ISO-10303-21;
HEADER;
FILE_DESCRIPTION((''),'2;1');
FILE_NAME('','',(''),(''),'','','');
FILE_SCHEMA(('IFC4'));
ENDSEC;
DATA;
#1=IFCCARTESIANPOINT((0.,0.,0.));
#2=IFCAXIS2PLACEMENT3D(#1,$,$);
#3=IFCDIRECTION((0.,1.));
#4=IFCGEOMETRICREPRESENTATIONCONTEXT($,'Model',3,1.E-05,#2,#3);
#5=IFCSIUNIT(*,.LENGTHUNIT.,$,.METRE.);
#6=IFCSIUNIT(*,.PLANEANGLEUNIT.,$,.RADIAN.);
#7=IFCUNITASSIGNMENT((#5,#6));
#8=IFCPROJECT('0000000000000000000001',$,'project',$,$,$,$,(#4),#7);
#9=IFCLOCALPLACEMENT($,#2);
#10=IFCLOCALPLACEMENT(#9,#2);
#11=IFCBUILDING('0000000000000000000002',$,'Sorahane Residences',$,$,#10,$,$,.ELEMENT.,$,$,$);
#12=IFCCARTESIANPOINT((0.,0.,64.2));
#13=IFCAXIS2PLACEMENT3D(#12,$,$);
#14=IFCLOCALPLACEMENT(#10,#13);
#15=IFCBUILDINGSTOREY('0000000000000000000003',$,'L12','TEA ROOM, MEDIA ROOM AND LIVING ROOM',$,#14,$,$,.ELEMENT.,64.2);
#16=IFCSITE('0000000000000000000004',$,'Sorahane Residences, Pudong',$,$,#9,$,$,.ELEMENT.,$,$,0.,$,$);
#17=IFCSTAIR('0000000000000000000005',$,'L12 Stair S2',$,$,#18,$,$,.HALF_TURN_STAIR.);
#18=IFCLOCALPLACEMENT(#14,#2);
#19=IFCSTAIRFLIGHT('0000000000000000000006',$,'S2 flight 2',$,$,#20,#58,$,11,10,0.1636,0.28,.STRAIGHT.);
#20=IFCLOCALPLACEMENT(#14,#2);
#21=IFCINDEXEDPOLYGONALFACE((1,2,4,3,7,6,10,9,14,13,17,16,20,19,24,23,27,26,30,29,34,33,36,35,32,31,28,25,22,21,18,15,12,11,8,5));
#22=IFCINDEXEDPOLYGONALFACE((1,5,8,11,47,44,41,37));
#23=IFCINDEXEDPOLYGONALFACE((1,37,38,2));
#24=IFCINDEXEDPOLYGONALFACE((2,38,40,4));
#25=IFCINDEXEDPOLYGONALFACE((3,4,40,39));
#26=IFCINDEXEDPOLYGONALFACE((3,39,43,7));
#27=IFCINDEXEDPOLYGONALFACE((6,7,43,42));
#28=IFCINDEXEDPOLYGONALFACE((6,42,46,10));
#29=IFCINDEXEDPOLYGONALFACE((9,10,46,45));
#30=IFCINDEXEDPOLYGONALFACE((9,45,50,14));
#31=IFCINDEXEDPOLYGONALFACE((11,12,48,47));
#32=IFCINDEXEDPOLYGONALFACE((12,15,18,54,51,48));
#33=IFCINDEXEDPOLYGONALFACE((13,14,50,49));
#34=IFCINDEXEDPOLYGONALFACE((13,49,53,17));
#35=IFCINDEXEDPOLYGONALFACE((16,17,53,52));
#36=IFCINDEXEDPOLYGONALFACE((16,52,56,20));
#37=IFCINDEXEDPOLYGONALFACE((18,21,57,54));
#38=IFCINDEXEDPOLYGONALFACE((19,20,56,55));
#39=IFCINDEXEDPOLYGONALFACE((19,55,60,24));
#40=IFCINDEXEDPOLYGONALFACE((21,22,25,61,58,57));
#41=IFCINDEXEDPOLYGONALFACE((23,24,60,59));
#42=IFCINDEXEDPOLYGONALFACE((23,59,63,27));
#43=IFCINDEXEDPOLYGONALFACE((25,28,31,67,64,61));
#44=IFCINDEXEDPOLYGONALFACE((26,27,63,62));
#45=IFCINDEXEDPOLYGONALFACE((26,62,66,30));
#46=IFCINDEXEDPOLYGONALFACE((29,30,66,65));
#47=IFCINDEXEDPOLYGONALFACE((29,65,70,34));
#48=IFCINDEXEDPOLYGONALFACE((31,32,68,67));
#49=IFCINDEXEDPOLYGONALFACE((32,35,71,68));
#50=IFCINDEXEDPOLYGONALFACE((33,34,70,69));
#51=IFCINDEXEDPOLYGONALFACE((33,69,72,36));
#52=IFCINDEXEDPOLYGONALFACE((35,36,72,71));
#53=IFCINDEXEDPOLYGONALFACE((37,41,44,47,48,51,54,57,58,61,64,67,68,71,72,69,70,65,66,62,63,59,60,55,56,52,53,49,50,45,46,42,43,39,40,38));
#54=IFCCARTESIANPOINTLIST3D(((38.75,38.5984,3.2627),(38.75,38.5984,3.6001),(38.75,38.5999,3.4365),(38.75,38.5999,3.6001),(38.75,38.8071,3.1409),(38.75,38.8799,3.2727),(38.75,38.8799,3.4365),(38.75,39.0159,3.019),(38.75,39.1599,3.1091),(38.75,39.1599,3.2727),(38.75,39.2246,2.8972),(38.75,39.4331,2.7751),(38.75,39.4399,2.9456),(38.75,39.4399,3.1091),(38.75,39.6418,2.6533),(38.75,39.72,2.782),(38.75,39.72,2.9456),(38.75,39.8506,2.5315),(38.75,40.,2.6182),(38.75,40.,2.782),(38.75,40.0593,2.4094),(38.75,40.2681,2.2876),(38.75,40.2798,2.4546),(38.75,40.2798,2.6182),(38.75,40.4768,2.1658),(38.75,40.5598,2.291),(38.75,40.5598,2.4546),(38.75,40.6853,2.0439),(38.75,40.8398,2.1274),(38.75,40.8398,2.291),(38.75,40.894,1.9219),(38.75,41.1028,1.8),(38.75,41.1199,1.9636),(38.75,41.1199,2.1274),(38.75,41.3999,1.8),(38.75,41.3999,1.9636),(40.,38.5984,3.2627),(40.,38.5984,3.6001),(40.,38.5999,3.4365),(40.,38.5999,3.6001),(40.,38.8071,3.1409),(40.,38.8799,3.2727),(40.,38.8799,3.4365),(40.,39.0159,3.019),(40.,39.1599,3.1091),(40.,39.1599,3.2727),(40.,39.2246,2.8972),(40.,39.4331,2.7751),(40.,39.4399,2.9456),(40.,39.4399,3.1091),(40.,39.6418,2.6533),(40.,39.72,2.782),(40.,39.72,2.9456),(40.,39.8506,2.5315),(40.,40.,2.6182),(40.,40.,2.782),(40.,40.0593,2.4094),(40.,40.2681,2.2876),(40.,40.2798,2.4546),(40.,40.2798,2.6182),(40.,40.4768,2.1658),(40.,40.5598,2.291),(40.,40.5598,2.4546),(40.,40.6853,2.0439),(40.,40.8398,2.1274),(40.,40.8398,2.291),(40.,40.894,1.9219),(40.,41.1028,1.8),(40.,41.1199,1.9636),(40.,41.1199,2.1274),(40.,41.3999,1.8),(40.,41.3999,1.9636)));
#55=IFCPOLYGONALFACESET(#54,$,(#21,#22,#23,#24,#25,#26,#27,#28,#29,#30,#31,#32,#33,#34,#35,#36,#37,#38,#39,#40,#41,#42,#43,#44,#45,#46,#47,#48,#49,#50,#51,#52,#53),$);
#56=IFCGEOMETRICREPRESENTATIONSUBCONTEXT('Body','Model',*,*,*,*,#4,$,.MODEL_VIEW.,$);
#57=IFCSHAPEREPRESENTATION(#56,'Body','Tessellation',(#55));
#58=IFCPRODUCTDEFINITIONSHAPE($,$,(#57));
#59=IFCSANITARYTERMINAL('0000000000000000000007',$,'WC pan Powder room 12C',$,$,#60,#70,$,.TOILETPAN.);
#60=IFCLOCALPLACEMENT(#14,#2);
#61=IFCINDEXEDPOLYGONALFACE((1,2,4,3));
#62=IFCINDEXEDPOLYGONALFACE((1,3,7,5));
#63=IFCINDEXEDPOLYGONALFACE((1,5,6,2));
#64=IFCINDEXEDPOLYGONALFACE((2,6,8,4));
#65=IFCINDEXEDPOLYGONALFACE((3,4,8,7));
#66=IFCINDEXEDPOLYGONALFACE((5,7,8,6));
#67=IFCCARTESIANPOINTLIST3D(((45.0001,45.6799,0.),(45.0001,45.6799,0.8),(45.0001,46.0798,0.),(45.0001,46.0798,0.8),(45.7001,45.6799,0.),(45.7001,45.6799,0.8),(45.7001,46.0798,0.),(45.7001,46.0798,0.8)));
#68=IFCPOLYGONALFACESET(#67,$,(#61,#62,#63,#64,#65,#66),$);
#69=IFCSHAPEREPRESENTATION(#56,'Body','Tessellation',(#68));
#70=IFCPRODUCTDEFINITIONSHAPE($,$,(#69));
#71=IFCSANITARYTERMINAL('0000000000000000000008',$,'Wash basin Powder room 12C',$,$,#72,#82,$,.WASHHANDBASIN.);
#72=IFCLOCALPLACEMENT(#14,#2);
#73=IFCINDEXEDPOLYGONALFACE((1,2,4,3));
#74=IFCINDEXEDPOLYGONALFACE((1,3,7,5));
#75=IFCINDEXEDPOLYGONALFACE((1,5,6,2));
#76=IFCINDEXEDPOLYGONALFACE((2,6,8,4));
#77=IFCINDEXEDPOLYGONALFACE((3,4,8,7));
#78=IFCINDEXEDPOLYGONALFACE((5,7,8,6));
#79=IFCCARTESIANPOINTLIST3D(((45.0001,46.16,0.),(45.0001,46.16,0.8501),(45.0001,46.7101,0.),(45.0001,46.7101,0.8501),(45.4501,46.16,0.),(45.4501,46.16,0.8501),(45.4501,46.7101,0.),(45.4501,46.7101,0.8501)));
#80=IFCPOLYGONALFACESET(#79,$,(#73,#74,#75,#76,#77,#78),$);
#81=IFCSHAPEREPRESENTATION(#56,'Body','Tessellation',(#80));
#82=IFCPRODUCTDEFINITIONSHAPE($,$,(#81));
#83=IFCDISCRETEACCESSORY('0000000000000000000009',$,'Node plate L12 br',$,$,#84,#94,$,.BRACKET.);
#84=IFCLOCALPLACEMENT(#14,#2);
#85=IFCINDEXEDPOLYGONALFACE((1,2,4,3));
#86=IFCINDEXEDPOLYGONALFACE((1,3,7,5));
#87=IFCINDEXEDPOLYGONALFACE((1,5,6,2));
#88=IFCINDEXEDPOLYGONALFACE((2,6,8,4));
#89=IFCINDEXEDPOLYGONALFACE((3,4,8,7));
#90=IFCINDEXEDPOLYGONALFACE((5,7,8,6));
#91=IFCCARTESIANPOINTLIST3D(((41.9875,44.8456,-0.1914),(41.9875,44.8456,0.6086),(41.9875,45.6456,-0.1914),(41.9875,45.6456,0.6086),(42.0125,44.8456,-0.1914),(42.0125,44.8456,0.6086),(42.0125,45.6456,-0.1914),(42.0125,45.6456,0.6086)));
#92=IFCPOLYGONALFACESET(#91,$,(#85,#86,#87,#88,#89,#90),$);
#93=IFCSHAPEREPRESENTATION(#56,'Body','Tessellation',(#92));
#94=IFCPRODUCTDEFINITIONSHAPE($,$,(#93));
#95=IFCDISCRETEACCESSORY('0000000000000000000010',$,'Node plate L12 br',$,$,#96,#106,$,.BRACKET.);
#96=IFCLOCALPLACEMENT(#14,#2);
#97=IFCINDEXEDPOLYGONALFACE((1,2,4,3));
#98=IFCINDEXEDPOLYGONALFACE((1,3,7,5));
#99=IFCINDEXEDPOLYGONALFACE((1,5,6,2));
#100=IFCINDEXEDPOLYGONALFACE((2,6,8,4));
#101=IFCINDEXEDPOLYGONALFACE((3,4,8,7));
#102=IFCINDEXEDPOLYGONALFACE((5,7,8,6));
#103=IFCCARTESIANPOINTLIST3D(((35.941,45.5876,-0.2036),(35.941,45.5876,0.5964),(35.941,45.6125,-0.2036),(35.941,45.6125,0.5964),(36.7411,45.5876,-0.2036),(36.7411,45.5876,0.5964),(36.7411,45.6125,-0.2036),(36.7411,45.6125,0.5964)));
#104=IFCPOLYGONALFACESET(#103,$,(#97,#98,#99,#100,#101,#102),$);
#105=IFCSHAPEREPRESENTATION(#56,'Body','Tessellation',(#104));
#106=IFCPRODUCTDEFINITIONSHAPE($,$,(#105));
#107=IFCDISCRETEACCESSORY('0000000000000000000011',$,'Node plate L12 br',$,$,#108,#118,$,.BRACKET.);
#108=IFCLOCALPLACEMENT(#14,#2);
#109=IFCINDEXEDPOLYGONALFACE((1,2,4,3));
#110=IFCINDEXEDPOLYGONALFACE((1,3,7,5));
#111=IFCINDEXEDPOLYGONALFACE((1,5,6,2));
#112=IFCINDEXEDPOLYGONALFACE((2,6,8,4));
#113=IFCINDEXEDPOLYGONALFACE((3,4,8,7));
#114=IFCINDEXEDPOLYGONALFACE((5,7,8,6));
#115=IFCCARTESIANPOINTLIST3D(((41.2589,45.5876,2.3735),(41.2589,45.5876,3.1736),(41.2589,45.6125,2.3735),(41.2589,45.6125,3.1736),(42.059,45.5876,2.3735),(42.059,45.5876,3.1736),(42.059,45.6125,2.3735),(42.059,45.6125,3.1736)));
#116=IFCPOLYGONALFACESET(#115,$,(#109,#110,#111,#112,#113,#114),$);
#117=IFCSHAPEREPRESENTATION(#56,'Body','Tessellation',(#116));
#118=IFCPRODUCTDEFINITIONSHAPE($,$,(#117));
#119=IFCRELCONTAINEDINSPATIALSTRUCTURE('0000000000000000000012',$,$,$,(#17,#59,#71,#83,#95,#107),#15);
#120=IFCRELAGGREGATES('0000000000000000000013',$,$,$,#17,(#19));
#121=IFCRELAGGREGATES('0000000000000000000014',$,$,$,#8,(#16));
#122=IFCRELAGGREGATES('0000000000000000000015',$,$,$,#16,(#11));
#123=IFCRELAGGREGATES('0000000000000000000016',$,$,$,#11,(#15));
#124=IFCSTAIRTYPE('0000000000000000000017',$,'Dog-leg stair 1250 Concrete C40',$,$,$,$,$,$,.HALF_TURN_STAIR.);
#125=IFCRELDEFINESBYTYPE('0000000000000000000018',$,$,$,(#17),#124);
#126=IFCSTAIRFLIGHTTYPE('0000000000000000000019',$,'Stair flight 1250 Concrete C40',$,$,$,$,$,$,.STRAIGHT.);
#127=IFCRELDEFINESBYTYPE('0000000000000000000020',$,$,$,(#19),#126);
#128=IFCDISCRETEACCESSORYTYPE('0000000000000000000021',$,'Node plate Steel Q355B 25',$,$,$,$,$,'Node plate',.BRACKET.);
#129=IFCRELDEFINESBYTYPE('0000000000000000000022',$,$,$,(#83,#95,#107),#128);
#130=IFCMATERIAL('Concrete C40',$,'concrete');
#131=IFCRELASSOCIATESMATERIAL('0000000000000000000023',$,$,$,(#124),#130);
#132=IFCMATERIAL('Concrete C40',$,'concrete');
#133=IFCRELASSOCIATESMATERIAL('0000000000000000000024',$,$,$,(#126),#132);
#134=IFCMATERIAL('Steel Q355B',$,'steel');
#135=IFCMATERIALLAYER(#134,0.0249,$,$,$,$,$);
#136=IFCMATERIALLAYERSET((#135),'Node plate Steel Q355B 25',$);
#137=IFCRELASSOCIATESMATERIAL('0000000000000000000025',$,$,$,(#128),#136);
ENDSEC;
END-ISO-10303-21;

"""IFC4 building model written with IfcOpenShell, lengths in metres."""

from ifc_helpers import new_model, si_unit, direction, frame, origin, origin_2d, place, context, subcontext, project, spatial, polyline, rectangle, outline, extrude, material, layer, layer_set, type_object, element, aggregate, save


model = new_model("IFC4")

# Units and contexts
model_context = context("Model", 3, precision=1e-05, world=origin(), true_north=direction((0.0, 1.0)))
body_context = subcontext(model_context, "Body", "Model", "MODEL_VIEW")
ifc_project = project(units=[si_unit("LENGTHUNIT", "METRE"), si_unit("PLANEANGLEUNIT", "RADIAN")], contexts=[model_context])

# Site, building, storey
site_placement = place(None, origin())
site = spatial("IfcSite", under=ifc_project, at=site_placement, Name="Sorahane Residences, Pudong", CompositionType="ELEMENT", RefElevation=0.0)
building_placement = place(site_placement, origin())
building = spatial("IfcBuilding", under=site, at=building_placement, Name="Sorahane Residences", CompositionType="ELEMENT")
storey_placement = place(building_placement, frame((0.0, 0.0, 64.2)))
storey = spatial("IfcBuildingStorey", under=building, at=storey_placement, Name="L12", Description="TEA ROOM, MEDIA ROOM AND LIVING ROOM", CompositionType="ELEMENT", Elevation=64.2)

# Stair, stair flight
ifc_material_1 = material(Name="Concrete C40", Category="concrete")
stair_type = type_object("IfcStairType", Name="Dog-leg stair 1250 Concrete C40", PredefinedType="HALF_TURN_STAIR", material=ifc_material_1)
stair_placement = place(storey_placement, origin())
stair = element("IfcStair", 1, at=stair_placement, inside=storey, type_object=stair_type, Name="L12 Stair S2", PredefinedType="HALF_TURN_STAIR")
ifc_material_2 = material(Name="Concrete C40", Category="concrete")
stair_flight_type = type_object("IfcStairFlightType", Name="Stair flight 1250 Concrete C40", PredefinedType="STRAIGHT", material=ifc_material_2)
stair_flight_placement = place(storey_placement, frame((39.375, 41.3999, 1.8), z_axis=(0.0, 0.0, 1.0), x_axis=(0.0, -1.0, 0.0)))
stair_flight = element("IfcStairFlight", 2, at=stair_flight_placement, type_object=stair_flight_type, Name="S2 flight 2", NumberOfRisers=11, NumberOfTreads=10, PredefinedType="STRAIGHT", RiserHeight=0.1636, TreadLength=0.28, context=body_context, shape_type="SweptSolid", body=[
    extrude(outline(polyline([(0.0, 0.0), (0.0, 0.1636), (0.28, 0.1636), (0.28, 0.3274), (0.5601, 0.3274), (0.5601, 0.491), (0.8401, 0.491), (0.8401, 0.6545), (1.1201, 0.6545), (1.1201, 0.8181), (1.3999, 0.8181), (1.3999, 0.9819), (1.6799, 0.9819), (1.6799, 1.1455), (1.96, 1.1455), (1.96, 1.3091), (2.24, 1.3091), (2.24, 1.4727), (2.52, 1.4727), (2.52, 1.6365), (2.8, 1.6365), (2.8, 1.8), (2.8015, 1.8), (2.8015, 1.4626), (2.5928, 1.3408), (2.384, 1.219), (2.1753, 1.0972), (1.9668, 0.9751), (1.7581, 0.8533), (1.5493, 0.7314), (1.3406, 0.6094), (1.1318, 0.4875), (0.9231, 0.3657), (0.7146, 0.2439), (0.5059, 0.1218), (0.2971, 0.0), (0.0, 0.0)])), frame((0.0, 0.625, 0.0), z_axis=(0.0, -1.0, 0.0), x_axis=(1.0, 0.0, 0.0)), (0.0, 0.0, 1.0), 1.25),
])
aggregate(stair, [stair_flight])

# Sanitary terminals
sanitary_terminal_1_placement = place(storey_placement, frame((45.3501, 45.8799, 0.0), z_axis=(0.0, 0.0, 1.0), x_axis=(0.0, 1.0, 0.0)))
element("IfcSanitaryTerminal", 3, at=sanitary_terminal_1_placement, inside=storey, Name="WC pan Powder room 12C", PredefinedType="TOILETPAN", context=body_context, shape_type="SweptSolid", body=[
    extrude(rectangle(XDim=0.3999, YDim=0.7, at=origin_2d()), origin(), (0.0, 0.0, 1.0), 0.8),
])
sanitary_terminal_2_placement = place(storey_placement, frame((45.2251, 46.4351, 0.0), z_axis=(0.0, 0.0, 1.0), x_axis=(0.0, 1.0, 0.0)))
element("IfcSanitaryTerminal", 4, at=sanitary_terminal_2_placement, inside=storey, Name="Wash basin Powder room 12C", PredefinedType="WASHHANDBASIN", context=body_context, shape_type="SweptSolid", body=[
    extrude(rectangle(XDim=0.55, YDim=0.45, at=origin_2d()), origin(), (0.0, 0.0, 1.0), 0.8501),
])

# Discrete accessories
ifc_material_3 = material(Name="Steel Q355B", Category="steel")
ifc_layer_1 = layer(ifc_material_3, 0.0249)
ifc_layer_set_1 = layer_set([ifc_layer_1], Name="Node plate Steel Q355B 25")
discrete_accessory_type = type_object("IfcDiscreteAccessoryType", Name="Node plate Steel Q355B 25", ElementType="Node plate", PredefinedType="BRACKET", material=ifc_layer_set_1)
for number, where, z_axis, x_axis, name in (
    (5, (42.0, 45.2456, -0.1914), (0.0, 0.0, 1.0), (0.0, 1.0, 0.0), "Node plate L12 br"),
    (6, (36.3411, 45.6001, -0.2036), (0.0, 0.0, 1.0), (1.0, 0.0, 0.0), "Node plate L12 br"),
    (7, (41.6589, 45.6001, 2.3735), (0.0, 0.0, 1.0), (1.0, 0.0, 0.0), "Node plate L12 br"),
):
    element("IfcDiscreteAccessory", number, at=place(storey_placement, frame(where, z_axis=z_axis, x_axis=x_axis)), inside=storey, type_object=discrete_accessory_type, Name=name, PredefinedType="BRACKET", context=body_context, shape_type="SweptSolid", body=[
        extrude(rectangle(XDim=0.8, YDim=0.0249, at=origin_2d()), origin(), (0.0, 0.0, 1.0), 0.8),
    ])

save(model, "model.ifc")
